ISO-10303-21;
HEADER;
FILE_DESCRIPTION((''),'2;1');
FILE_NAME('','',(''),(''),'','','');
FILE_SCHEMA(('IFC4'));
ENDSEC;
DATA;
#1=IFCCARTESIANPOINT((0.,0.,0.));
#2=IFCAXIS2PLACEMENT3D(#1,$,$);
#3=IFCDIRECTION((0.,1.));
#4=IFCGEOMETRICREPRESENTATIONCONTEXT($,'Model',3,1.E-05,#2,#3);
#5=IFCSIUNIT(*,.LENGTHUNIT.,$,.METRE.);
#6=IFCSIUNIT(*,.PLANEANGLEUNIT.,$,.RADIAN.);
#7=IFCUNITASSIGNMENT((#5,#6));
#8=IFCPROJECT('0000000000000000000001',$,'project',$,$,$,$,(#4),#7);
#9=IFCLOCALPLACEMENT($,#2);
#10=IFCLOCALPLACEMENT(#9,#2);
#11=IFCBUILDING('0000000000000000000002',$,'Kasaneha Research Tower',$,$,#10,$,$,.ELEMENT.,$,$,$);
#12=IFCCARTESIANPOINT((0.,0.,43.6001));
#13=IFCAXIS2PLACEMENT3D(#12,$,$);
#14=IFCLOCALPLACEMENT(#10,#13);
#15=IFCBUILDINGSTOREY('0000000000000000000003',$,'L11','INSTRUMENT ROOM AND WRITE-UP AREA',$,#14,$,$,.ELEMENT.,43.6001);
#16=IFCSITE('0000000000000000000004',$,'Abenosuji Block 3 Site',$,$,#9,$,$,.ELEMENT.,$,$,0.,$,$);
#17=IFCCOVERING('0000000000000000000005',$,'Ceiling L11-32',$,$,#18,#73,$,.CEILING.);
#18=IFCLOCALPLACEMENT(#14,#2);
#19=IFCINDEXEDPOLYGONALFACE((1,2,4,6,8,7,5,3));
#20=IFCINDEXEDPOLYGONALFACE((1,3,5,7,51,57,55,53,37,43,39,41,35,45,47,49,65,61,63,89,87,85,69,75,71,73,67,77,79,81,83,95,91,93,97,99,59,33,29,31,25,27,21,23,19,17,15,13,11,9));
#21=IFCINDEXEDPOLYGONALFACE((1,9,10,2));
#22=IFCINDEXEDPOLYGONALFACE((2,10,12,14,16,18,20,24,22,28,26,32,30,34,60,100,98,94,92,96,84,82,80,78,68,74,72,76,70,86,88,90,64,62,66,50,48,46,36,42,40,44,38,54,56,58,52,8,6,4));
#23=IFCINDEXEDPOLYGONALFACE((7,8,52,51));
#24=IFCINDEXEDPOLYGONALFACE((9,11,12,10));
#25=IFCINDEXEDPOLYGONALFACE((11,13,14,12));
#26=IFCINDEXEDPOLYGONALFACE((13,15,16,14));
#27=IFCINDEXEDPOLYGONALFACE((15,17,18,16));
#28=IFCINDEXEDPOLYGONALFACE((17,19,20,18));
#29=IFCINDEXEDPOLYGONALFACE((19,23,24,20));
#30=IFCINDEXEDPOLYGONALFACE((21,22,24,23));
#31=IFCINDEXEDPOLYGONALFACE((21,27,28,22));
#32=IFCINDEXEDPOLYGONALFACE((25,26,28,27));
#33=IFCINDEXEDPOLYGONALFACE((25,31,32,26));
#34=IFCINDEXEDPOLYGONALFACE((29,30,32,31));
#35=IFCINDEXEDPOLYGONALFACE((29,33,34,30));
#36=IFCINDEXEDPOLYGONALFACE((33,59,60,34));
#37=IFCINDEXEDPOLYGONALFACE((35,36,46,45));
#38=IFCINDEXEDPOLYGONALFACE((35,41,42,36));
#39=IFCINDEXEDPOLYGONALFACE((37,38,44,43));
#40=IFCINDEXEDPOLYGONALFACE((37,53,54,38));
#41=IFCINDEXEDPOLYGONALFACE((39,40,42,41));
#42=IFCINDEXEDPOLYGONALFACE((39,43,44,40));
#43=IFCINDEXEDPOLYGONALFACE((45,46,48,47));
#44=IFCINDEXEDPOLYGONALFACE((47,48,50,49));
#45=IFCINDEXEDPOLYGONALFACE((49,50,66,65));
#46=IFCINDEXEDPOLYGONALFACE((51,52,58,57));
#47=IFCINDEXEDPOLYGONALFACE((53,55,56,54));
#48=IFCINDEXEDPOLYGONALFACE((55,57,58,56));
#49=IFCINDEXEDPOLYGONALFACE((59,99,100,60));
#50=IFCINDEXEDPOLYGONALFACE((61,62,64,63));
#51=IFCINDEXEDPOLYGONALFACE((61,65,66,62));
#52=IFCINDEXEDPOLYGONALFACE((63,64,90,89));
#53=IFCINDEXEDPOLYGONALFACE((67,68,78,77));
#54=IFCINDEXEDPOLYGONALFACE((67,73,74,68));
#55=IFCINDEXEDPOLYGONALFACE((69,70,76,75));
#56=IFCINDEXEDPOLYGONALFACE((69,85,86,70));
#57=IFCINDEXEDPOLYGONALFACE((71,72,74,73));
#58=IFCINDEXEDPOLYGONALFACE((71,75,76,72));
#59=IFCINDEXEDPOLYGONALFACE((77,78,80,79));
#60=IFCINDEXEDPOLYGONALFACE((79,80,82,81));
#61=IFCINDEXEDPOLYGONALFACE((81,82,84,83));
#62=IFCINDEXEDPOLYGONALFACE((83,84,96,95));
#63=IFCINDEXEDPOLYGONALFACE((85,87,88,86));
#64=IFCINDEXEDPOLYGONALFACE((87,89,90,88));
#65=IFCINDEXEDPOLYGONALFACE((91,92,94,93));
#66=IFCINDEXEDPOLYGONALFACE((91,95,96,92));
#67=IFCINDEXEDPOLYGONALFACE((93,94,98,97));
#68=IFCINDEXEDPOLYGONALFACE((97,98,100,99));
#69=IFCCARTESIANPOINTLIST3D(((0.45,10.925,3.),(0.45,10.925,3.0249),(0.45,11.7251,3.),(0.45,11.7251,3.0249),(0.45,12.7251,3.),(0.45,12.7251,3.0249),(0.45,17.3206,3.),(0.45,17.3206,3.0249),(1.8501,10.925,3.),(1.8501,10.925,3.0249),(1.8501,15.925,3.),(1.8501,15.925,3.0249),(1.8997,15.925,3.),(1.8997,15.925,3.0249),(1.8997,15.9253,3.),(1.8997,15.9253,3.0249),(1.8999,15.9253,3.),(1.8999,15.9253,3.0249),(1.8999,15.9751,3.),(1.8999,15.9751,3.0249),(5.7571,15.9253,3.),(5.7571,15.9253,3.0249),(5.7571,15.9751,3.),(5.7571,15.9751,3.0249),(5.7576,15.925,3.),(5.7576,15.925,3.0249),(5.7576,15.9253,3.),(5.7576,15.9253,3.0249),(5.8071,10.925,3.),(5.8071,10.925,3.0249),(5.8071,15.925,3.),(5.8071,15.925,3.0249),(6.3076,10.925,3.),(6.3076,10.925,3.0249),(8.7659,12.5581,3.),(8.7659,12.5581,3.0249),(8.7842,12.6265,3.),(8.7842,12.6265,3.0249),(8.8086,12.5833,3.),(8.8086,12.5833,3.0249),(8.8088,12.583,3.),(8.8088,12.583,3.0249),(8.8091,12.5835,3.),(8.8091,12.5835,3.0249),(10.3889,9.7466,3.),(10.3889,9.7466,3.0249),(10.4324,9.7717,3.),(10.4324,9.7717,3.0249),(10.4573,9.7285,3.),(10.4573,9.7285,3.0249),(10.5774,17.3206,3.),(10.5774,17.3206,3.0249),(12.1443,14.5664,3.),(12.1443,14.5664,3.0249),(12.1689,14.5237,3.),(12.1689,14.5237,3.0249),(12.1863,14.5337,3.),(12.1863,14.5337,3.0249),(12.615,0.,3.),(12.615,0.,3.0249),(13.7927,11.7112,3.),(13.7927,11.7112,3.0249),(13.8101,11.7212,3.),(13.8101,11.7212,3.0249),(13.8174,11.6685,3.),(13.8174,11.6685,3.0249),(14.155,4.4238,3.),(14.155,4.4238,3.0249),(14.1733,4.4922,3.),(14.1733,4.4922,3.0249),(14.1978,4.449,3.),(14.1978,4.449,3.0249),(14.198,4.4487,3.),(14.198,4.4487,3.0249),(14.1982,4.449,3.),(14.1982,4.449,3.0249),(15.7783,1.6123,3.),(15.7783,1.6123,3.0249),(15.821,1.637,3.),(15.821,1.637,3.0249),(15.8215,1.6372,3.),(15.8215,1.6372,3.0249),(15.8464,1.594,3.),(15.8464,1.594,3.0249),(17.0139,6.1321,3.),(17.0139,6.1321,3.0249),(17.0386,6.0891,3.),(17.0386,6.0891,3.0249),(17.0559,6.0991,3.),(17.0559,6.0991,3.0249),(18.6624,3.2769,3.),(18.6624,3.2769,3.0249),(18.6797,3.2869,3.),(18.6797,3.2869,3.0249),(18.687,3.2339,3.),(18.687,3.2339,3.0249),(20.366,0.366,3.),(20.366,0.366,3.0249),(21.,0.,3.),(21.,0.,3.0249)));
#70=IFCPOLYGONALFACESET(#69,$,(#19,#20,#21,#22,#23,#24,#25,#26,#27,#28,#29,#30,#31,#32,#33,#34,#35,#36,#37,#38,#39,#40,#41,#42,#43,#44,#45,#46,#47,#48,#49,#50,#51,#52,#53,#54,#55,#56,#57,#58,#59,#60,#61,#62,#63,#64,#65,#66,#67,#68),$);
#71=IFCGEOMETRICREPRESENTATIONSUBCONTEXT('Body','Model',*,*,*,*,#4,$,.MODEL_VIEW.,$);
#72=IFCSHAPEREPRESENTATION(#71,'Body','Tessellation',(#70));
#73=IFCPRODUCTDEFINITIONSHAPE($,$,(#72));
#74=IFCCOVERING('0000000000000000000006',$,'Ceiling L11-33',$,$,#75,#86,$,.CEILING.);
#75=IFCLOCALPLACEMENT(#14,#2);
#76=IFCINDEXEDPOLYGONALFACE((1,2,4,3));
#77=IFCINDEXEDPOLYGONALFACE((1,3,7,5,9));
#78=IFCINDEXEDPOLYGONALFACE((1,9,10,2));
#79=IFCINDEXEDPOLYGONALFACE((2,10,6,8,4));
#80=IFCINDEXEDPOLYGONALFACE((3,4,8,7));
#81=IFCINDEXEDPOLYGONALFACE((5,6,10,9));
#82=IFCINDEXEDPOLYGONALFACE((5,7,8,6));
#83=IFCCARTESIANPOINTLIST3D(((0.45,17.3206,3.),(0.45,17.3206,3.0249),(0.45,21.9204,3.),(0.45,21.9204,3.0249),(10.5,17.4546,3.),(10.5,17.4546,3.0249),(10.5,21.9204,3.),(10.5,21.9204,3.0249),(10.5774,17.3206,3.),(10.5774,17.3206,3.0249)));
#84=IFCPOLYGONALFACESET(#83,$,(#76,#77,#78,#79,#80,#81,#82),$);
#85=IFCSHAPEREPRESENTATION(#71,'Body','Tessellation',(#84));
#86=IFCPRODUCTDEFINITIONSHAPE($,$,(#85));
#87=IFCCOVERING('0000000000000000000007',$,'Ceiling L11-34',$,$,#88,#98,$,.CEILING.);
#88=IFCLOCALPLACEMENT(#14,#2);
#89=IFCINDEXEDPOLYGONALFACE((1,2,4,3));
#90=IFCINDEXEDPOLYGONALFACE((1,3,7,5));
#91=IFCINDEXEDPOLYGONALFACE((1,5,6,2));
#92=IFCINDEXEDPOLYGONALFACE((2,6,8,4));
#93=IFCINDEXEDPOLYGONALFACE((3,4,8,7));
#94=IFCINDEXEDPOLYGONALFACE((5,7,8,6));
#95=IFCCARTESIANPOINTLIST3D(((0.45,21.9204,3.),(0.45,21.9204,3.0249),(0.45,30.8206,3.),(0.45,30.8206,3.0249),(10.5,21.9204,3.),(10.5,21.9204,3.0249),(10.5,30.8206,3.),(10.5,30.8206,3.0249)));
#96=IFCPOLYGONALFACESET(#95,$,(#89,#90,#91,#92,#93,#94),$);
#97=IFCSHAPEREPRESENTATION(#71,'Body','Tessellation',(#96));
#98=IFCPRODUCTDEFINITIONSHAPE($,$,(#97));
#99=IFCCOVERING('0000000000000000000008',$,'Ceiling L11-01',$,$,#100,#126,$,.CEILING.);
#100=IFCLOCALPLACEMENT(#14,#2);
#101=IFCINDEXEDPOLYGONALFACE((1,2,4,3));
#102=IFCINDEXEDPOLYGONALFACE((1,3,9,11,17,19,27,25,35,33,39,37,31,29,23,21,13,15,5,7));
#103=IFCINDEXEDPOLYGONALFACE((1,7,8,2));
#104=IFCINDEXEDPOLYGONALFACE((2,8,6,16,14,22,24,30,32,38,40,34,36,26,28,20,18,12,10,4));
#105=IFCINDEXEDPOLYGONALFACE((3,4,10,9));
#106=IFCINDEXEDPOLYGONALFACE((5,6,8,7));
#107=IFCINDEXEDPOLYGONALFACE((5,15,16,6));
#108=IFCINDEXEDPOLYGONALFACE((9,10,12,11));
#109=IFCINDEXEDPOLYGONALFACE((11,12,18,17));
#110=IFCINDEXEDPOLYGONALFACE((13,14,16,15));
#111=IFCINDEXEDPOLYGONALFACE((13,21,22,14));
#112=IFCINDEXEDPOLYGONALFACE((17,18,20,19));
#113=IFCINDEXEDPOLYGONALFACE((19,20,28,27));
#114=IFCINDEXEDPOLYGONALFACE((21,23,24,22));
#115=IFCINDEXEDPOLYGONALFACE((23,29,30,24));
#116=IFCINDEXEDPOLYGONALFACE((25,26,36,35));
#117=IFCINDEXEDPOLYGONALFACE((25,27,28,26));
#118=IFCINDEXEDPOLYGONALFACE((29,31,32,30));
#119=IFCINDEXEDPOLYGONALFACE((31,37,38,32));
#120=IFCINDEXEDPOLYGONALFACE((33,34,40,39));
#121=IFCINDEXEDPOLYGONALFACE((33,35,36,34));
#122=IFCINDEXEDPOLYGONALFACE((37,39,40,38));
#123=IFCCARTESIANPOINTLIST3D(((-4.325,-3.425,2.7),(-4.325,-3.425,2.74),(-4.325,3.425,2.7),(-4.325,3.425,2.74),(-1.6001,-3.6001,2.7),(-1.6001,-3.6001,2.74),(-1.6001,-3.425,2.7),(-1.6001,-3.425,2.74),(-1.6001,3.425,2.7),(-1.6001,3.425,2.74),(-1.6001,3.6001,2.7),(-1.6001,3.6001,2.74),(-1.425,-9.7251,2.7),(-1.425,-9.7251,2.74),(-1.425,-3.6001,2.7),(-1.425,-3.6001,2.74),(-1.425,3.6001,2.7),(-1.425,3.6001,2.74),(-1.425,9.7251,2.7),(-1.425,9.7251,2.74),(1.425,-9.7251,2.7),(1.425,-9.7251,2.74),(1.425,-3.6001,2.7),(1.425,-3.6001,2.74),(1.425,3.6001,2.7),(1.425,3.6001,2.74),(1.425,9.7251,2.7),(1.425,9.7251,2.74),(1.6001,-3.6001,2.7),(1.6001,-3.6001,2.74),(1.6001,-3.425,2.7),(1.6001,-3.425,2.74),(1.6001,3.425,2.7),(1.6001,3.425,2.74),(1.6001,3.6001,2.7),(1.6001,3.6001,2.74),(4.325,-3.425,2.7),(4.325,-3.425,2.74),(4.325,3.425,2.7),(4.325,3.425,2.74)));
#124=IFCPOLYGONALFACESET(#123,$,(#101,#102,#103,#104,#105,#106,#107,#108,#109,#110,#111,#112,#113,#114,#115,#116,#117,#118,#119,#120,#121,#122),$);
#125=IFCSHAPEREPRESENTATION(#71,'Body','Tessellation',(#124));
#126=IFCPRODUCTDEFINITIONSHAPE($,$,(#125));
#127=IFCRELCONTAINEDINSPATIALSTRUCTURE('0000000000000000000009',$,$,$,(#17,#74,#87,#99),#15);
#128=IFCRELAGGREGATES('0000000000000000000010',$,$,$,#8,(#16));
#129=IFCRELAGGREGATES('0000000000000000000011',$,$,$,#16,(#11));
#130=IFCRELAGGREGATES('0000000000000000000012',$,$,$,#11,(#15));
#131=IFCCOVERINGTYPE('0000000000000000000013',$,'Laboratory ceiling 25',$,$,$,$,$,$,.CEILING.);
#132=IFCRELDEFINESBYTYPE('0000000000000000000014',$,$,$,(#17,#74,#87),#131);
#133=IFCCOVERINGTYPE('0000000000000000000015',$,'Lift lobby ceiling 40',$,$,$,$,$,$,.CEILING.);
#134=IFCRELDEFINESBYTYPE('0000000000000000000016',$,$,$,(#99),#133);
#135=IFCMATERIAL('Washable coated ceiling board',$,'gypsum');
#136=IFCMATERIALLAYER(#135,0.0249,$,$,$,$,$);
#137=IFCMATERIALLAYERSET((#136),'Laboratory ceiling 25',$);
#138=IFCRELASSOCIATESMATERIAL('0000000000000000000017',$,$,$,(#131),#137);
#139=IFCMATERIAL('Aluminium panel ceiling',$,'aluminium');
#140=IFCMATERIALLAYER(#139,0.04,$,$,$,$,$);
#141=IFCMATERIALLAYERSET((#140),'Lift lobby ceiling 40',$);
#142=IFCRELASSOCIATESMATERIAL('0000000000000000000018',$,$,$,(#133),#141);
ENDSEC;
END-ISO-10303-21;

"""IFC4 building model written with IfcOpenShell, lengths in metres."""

from ifc_helpers import new_model, si_unit, direction, frame, origin, place, context, subcontext, project, spatial, polyline, outline, extrude, material, layer, layer_set, type_object, element, save


model = new_model("IFC4")

# Units and contexts
model_context = context("Model", 3, precision=1e-05, world=origin(), true_north=direction((0.0, 1.0)))
body_context = subcontext(model_context, "Body", "Model", "MODEL_VIEW")
ifc_project = project(units=[si_unit("LENGTHUNIT", "METRE"), si_unit("PLANEANGLEUNIT", "RADIAN")], contexts=[model_context])

# Site, building, storey
site_placement = place(None, origin())
site = spatial("IfcSite", under=ifc_project, at=site_placement, Name="Abenosuji Block 3 Site", CompositionType="ELEMENT", RefElevation=0.0)
building_placement = place(site_placement, origin())
building = spatial("IfcBuilding", under=site, at=building_placement, Name="Kasaneha Research Tower", CompositionType="ELEMENT")
storey_placement = place(building_placement, frame((0.0, 0.0, 43.6001)))
storey = spatial("IfcBuildingStorey", under=building, at=storey_placement, Name="L11", Description="INSTRUMENT ROOM AND WRITE-UP AREA", CompositionType="ELEMENT", Elevation=43.6001)

# Coverings
ifc_material_1 = material(Name="Washable coated ceiling board", Category="gypsum")
ifc_layer_1 = layer(ifc_material_1, 0.0249)
ifc_layer_set_1 = layer_set([ifc_layer_1], Name="Laboratory ceiling 25")
covering_type_1 = type_object("IfcCoveringType", Name="Laboratory ceiling 25", PredefinedType="CEILING", material=ifc_layer_set_1)
covering_1_placement = place(storey_placement, frame((0.0, 0.0, 3.0)))
element("IfcCovering", 1, at=covering_1_placement, inside=storey, type_object=covering_type_1, Name="Ceiling L11-32", PredefinedType="CEILING", context=body_context, shape_type="SweptSolid", body=[
    extrude(outline(polyline([(6.3076, 10.925), (5.8071, 10.925), (5.8071, 15.925), (5.7576, 15.925), (5.7576, 15.9253), (5.7571, 15.9253), (5.7571, 15.9751), (1.8999, 15.9751), (1.8999, 15.9253), (1.8997, 15.9253), (1.8997, 15.925), (1.8501, 15.925), (1.8501, 10.925), (0.45, 10.925), (0.45, 11.7251), (0.45, 12.7251), (0.45, 17.3206), (10.5774, 17.3206), (12.1863, 14.5337), (12.1689, 14.5237), (12.1443, 14.5664), (8.7842, 12.6265), (8.8091, 12.5835), (8.8086, 12.5833), (8.8088, 12.583), (8.7659, 12.5581), (10.3889, 9.7466), (10.4324, 9.7717), (10.4573, 9.7285), (13.8174, 11.6685), (13.7927, 11.7112), (13.8101, 11.7212), (17.0559, 6.0991), (17.0386, 6.0891), (17.0139, 6.1321), (14.1733, 4.4922), (14.1982, 4.449), (14.1978, 4.449), (14.198, 4.4487), (14.155, 4.4238), (15.7783, 1.6123), (15.821, 1.637), (15.821, 1.637), (15.8215, 1.6372), (15.8464, 1.594), (18.687, 3.2339), (18.6624, 3.2769), (18.6797, 3.2869), (20.366, 0.366), (21.0, 0.0), (12.615, 0.0), (6.3076, 10.925)])), origin(), (0.0, 0.0, 1.0), 0.0249),
])
covering_2_placement = place(storey_placement, frame((0.0, 0.0, 3.0)))
element("IfcCovering", 2, at=covering_2_placement, inside=storey, type_object=covering_type_1, Name="Ceiling L11-33", PredefinedType="CEILING", context=body_context, shape_type="SweptSolid", body=[
    extrude(outline(polyline([(10.5, 21.9204), (10.5, 17.4546), (10.5774, 17.3206), (0.45, 17.3206), (0.45, 21.9204), (10.5, 21.9204)])), origin(), (0.0, 0.0, 1.0), 0.0249),
])
covering_3_placement = place(storey_placement, frame((0.0, 0.0, 3.0)))
element("IfcCovering", 3, at=covering_3_placement, inside=storey, type_object=covering_type_1, Name="Ceiling L11-34", PredefinedType="CEILING", context=body_context, shape_type="SweptSolid", body=[
    extrude(outline(polyline([(10.5, 30.8206), (10.5, 21.9204), (0.45, 21.9204), (0.45, 30.8206), (10.5, 30.8206)])), origin(), (0.0, 0.0, 1.0), 0.0249),
])
ifc_material_2 = material(Name="Aluminium panel ceiling", Category="aluminium")
ifc_layer_2 = layer(ifc_material_2, 0.04)
ifc_layer_set_2 = layer_set([ifc_layer_2], Name="Lift lobby ceiling 40")
covering_type_2 = type_object("IfcCoveringType", Name="Lift lobby ceiling 40", PredefinedType="CEILING", material=ifc_layer_set_2)
covering_4_placement = place(storey_placement, frame((0.0, 0.0, 2.7)))
element("IfcCovering", 4, at=covering_4_placement, inside=storey, type_object=covering_type_2, Name="Ceiling L11-01", PredefinedType="CEILING", context=body_context, shape_type="SweptSolid", body=[
    extrude(outline(polyline([(1.425, 9.7251), (1.425, 3.6001), (1.6001, 3.6001), (1.6001, 3.425), (4.325, 3.425), (4.325, -3.425), (1.6001, -3.425), (1.6001, -3.6001), (1.425, -3.6001), (1.425, -9.7251), (-1.425, -9.7251), (-1.425, -3.6001), (-1.6001, -3.6001), (-1.6001, -3.425), (-4.325, -3.425), (-4.325, 3.425), (-1.6001, 3.425), (-1.6001, 3.6001), (-1.425, 3.6001), (-1.425, 9.7251), (1.425, 9.7251)])), origin(), (0.0, 0.0, 1.0), 0.04),
])

save(model, "model.ifc")
